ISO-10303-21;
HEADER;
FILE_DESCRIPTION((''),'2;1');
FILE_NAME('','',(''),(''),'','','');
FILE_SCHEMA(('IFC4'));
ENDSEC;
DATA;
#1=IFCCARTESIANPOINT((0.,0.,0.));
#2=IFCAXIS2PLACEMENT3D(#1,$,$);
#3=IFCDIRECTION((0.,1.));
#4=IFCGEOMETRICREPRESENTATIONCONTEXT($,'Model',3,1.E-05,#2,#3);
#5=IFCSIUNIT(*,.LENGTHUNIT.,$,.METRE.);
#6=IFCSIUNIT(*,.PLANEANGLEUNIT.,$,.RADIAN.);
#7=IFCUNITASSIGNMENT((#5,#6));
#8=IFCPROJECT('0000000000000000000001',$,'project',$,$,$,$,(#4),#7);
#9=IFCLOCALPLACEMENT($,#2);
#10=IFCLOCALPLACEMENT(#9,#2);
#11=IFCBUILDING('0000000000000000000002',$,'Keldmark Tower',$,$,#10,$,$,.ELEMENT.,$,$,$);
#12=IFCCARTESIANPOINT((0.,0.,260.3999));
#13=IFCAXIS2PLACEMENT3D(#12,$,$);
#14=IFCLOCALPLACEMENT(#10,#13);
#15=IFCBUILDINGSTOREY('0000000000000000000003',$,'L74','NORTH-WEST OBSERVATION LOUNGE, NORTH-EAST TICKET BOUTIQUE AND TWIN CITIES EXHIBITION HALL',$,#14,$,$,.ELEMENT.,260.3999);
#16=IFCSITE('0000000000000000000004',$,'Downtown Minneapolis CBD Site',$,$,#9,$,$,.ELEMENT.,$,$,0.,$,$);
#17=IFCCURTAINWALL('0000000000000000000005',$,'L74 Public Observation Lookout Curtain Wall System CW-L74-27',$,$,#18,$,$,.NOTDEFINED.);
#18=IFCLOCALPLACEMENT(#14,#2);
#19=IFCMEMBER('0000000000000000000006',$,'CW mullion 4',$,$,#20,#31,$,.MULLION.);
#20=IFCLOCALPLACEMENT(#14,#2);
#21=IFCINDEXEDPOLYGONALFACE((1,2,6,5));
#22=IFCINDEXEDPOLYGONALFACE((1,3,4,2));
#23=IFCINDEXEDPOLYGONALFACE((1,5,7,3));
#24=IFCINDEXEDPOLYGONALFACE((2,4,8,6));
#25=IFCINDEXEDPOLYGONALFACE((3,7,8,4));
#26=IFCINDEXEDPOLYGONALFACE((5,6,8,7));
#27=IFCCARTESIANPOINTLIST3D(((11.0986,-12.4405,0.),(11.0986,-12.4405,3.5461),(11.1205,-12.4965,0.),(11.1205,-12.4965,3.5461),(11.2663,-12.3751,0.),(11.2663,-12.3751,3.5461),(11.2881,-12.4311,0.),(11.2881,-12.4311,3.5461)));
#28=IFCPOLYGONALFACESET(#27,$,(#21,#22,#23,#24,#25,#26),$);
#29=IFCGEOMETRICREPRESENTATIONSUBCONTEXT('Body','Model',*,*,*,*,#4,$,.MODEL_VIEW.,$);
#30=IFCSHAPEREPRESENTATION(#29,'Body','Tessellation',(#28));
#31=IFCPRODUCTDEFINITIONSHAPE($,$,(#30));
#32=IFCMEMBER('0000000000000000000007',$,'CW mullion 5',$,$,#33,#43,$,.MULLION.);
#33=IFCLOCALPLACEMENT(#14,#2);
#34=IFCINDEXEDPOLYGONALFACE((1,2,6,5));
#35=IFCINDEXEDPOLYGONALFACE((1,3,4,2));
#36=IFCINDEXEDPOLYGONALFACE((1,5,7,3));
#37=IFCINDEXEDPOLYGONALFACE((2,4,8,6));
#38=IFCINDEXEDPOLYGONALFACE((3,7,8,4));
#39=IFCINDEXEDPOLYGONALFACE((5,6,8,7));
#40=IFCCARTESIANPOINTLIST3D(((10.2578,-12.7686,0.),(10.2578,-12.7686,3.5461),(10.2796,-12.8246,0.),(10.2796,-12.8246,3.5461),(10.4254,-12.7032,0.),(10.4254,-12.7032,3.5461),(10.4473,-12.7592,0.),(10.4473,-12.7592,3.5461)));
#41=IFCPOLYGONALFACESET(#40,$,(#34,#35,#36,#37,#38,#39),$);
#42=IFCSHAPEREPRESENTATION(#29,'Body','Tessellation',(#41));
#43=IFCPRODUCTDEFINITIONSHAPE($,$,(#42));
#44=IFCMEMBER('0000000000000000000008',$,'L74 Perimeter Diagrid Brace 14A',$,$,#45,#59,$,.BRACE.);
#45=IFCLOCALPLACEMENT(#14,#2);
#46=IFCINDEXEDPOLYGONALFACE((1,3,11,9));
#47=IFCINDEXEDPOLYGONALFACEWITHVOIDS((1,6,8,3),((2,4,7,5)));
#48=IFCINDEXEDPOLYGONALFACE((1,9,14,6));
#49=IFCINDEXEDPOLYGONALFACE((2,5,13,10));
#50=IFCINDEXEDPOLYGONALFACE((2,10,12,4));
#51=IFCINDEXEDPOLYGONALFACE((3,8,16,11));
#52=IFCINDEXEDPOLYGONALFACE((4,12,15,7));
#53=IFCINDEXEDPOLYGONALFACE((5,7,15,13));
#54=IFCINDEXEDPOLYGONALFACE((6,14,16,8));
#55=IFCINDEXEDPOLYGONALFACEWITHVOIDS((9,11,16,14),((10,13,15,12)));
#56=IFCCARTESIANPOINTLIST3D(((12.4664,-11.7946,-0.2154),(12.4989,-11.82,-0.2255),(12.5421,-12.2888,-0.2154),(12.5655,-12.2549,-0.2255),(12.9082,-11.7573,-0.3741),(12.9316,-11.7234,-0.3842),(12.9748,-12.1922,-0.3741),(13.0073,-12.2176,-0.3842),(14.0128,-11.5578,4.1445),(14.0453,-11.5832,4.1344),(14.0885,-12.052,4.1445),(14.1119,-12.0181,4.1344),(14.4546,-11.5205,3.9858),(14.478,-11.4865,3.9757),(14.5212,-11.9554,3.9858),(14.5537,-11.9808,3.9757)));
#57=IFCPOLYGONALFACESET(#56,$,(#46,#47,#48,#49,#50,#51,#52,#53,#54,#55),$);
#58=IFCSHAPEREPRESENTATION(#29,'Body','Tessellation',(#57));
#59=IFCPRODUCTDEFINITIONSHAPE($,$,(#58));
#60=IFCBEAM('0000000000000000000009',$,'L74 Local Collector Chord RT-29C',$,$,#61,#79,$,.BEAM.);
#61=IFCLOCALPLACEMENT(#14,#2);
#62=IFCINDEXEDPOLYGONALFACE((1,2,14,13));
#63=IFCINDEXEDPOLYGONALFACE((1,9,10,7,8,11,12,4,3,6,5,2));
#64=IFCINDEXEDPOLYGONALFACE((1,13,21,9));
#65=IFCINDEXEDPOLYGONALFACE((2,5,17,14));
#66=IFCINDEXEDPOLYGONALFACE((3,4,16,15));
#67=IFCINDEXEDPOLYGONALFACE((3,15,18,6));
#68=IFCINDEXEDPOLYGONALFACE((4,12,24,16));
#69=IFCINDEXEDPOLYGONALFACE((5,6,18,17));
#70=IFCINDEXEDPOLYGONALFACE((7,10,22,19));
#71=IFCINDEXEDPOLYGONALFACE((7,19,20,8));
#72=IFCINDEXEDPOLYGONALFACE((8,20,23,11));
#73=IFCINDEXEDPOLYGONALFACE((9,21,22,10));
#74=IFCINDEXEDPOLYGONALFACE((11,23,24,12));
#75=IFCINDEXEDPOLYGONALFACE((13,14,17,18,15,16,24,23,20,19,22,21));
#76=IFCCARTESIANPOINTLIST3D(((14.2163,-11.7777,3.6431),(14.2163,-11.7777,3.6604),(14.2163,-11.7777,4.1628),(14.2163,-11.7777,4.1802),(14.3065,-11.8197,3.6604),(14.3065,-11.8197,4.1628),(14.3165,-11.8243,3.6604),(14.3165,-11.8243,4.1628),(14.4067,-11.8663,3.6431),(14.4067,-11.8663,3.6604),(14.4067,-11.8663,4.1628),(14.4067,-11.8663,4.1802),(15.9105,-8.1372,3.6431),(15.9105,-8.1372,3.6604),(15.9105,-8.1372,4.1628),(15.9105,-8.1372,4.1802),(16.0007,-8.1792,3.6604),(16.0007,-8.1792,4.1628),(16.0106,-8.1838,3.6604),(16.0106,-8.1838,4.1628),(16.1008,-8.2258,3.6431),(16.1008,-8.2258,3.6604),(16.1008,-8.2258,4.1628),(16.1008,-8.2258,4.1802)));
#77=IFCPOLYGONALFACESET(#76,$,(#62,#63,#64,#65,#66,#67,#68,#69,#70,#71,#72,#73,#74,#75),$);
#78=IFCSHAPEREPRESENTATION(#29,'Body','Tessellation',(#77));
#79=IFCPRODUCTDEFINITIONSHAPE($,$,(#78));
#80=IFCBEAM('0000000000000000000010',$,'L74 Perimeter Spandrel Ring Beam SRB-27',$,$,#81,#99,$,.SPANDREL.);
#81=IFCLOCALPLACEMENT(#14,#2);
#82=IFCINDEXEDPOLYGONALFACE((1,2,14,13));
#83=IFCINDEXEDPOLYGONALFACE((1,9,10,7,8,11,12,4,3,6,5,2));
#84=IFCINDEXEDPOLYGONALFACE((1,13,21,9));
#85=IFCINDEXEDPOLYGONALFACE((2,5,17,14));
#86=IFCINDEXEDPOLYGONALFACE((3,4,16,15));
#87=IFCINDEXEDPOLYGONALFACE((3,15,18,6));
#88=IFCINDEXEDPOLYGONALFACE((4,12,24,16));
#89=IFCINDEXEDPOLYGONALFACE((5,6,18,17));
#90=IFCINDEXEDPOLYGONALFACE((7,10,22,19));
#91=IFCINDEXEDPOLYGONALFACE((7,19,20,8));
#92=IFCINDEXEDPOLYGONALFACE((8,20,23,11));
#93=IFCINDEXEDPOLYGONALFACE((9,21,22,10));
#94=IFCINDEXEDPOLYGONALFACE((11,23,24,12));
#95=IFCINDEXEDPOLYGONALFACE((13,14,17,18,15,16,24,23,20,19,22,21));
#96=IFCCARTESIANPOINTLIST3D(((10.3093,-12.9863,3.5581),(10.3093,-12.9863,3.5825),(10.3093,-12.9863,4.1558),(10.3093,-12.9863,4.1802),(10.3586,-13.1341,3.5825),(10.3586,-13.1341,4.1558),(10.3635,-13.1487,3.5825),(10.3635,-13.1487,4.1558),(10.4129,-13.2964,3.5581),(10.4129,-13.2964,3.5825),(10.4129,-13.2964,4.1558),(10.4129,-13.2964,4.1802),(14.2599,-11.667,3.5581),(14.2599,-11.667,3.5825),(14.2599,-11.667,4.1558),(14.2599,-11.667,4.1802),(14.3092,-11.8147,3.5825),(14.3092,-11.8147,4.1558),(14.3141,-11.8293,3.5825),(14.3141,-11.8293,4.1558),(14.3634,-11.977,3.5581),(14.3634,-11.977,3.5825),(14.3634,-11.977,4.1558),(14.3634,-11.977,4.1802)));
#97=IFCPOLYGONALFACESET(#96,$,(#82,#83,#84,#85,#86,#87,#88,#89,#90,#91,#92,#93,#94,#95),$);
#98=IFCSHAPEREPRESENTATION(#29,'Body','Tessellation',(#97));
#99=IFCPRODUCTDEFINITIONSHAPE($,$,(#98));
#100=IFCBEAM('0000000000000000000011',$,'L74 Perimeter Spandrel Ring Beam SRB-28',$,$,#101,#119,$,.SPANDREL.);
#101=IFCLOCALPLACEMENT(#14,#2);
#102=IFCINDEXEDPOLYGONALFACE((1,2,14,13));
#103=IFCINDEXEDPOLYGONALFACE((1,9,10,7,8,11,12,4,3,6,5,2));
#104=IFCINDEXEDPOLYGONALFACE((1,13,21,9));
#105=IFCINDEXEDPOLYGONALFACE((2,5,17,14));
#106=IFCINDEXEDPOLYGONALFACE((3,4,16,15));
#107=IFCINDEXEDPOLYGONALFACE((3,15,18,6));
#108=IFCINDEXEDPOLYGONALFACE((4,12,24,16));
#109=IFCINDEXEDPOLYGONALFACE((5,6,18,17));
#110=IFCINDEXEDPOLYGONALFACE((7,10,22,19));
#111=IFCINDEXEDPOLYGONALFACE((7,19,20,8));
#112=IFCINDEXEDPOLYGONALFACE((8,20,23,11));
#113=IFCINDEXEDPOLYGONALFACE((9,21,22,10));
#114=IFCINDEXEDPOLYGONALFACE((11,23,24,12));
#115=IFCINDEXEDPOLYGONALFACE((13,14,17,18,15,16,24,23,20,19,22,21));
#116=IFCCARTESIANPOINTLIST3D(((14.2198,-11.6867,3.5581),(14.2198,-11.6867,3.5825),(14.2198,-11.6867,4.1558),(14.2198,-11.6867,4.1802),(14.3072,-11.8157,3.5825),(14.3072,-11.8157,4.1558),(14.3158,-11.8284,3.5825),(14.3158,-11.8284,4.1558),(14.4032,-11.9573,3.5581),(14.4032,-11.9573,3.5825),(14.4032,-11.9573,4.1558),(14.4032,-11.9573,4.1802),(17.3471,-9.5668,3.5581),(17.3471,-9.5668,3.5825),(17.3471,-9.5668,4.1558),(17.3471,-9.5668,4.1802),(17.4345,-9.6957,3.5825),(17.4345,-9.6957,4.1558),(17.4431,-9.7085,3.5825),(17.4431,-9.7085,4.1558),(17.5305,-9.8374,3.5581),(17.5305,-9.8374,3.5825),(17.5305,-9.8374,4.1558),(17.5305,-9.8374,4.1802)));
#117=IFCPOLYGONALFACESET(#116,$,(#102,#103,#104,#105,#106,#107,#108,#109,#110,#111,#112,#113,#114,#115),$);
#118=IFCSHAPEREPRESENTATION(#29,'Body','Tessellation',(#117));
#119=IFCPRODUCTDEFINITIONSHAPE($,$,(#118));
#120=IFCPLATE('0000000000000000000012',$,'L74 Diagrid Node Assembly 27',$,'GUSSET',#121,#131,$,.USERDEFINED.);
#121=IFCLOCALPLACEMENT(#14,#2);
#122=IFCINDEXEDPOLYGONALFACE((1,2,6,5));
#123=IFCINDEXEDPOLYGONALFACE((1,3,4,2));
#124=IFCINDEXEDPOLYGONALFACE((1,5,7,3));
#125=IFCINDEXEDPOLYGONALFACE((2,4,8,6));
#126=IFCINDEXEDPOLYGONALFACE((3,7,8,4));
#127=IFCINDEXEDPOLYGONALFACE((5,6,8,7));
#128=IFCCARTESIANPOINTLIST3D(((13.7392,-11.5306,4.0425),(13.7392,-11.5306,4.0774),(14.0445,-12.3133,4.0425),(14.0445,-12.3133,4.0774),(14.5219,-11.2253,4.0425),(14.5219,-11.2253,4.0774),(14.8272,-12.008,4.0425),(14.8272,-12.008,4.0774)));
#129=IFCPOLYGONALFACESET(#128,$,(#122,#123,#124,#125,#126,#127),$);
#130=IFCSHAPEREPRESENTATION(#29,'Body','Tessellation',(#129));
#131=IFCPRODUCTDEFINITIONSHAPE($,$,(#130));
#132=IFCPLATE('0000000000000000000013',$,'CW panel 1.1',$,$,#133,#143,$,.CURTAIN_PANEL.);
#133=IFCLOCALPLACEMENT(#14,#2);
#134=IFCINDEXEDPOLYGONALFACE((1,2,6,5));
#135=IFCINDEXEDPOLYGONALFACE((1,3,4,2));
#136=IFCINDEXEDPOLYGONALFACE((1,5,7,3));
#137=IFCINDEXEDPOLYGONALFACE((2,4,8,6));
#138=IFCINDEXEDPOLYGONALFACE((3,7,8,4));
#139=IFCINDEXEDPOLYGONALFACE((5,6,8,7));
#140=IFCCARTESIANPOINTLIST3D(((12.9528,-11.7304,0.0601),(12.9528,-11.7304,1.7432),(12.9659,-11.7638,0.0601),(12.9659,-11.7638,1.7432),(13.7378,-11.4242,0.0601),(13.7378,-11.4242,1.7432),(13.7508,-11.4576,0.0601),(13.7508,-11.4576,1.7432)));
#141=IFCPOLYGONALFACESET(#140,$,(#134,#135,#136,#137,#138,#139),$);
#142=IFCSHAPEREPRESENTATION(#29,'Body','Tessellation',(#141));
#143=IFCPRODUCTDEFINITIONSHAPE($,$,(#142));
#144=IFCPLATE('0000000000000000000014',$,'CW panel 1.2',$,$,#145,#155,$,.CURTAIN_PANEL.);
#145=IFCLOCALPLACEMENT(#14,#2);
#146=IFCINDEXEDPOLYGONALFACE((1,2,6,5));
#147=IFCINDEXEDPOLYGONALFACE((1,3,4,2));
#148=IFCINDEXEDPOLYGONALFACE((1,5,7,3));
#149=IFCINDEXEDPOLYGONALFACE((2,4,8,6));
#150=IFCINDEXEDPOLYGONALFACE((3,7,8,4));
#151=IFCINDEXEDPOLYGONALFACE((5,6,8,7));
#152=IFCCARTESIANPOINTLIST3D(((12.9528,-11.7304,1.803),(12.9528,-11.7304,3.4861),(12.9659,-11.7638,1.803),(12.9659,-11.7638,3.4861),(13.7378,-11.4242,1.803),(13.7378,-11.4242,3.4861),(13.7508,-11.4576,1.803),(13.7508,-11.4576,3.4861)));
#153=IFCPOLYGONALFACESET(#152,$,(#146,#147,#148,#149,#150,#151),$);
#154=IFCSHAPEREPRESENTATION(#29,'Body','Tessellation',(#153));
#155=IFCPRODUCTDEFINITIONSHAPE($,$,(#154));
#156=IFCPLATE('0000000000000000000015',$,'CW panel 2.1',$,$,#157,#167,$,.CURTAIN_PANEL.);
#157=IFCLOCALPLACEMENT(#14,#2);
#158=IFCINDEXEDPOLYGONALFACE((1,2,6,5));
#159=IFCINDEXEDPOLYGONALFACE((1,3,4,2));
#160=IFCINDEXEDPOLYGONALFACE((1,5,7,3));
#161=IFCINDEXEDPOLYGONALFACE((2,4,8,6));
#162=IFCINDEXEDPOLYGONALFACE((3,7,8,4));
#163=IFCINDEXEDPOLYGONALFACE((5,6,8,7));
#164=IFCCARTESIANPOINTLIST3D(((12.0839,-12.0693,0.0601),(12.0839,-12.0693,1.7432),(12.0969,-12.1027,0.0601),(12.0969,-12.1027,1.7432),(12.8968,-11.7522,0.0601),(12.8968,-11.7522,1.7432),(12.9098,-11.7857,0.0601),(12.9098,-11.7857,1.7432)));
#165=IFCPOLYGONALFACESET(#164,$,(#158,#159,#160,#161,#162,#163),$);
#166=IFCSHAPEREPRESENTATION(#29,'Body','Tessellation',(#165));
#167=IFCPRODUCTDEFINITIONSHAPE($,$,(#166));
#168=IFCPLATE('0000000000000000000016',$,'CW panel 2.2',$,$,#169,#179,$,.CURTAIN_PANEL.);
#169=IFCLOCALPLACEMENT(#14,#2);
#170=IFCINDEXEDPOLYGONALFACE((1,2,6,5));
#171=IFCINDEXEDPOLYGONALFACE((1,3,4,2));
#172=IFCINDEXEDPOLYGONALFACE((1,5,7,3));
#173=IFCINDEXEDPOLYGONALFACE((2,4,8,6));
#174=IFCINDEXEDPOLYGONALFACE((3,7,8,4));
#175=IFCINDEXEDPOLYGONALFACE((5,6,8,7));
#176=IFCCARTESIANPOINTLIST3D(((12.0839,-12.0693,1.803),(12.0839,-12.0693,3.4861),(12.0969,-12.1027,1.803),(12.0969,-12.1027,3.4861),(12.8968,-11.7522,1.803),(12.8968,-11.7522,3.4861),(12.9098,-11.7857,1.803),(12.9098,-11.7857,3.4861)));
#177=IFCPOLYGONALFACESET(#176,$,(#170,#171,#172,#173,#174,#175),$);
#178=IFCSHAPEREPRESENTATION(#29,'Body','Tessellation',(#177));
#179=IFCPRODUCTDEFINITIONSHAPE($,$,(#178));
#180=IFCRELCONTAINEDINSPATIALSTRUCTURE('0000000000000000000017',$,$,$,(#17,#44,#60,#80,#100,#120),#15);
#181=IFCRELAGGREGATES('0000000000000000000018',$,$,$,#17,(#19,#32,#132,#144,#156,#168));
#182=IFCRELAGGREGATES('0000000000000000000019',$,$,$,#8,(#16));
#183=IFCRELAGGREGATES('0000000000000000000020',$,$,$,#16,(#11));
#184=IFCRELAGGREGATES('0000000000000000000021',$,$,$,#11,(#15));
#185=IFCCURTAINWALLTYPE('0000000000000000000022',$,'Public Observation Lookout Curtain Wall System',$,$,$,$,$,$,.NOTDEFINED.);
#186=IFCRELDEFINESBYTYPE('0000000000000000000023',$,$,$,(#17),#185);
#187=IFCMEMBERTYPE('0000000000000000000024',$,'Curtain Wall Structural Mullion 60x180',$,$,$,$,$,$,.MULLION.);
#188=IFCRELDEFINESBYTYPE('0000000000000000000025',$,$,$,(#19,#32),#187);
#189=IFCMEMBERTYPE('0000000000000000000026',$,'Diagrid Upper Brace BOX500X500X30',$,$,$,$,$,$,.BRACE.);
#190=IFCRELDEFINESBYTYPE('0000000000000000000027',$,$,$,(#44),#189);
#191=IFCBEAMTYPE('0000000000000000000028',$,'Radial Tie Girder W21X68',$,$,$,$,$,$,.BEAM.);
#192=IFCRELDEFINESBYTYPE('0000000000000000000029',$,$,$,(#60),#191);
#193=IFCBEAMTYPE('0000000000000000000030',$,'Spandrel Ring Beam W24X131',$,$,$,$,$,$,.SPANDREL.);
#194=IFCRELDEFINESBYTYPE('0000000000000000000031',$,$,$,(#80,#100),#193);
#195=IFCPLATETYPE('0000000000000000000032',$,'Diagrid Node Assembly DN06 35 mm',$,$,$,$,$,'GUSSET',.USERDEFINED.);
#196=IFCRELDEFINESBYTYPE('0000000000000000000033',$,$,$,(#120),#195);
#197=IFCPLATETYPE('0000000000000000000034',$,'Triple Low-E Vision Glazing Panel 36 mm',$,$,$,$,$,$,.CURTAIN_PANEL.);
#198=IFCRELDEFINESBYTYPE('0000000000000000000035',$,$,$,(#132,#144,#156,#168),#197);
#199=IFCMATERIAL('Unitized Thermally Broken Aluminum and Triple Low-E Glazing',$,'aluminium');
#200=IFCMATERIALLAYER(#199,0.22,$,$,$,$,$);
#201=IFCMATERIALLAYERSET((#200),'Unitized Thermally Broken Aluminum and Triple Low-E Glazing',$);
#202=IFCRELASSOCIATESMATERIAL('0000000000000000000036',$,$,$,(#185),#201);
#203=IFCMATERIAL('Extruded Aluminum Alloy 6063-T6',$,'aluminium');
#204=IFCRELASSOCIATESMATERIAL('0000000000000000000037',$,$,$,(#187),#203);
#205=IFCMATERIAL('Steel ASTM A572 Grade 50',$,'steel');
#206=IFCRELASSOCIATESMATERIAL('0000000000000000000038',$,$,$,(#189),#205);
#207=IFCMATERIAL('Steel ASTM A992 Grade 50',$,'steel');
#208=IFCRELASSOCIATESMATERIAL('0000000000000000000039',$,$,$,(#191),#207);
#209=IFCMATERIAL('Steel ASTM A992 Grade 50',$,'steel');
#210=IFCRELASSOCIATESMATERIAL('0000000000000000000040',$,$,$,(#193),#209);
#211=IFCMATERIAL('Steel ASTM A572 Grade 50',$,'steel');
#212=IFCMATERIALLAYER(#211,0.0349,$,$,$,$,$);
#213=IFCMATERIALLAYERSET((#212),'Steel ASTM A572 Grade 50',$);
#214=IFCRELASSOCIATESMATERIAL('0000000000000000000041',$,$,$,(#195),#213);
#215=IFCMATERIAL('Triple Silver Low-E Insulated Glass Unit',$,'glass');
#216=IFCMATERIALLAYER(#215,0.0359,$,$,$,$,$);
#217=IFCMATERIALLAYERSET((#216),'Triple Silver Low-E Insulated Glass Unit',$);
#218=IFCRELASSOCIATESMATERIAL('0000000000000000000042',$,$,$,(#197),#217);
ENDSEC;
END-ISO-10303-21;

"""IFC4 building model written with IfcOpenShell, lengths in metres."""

from ifc_helpers import new_model, si_unit, direction, frame, origin, origin_2d, place, context, subcontext, project, spatial, rectangle, hollow_rectangle, i_section, extrude, material, layer, layer_set, material_profile, profile_set, type_object, element, aggregate, save


model = new_model("IFC4")

# Units and contexts
model_context = context("Model", 3, precision=1e-05, world=origin(), true_north=direction((0.0, 1.0)))
body_context = subcontext(model_context, "Body", "Model", "MODEL_VIEW")
ifc_project = project(units=[si_unit("LENGTHUNIT", "METRE"), si_unit("PLANEANGLEUNIT", "RADIAN")], contexts=[model_context])

# Site, building, storey
site_placement = place(None, origin())
site = spatial("IfcSite", under=ifc_project, at=site_placement, Name="Downtown Minneapolis CBD Site", CompositionType="ELEMENT", RefElevation=0.0)
building_placement = place(site_placement, origin())
building = spatial("IfcBuilding", under=site, at=building_placement, Name="Keldmark Tower", CompositionType="ELEMENT")
storey_placement = place(building_placement, frame((0.0, 0.0, 260.3999)))
storey = spatial("IfcBuildingStorey", under=building, at=storey_placement, Name="L74", Description="NORTH-WEST OBSERVATION LOUNGE, NORTH-EAST TICKET BOUTIQUE AND TWIN CITIES EXHIBITION HALL", CompositionType="ELEMENT", Elevation=260.3999)

# Curtain wall, members
ifc_material_1 = material(Name="Unitized Thermally Broken Aluminum and Triple Low-E Glazing", Category="aluminium")
ifc_layer_1 = layer(ifc_material_1, 0.22)
ifc_layer_set_1 = layer_set([ifc_layer_1], Name="Unitized Thermally Broken Aluminum and Triple Low-E Glazing")
curtain_wall_type = type_object("IfcCurtainWallType", Name="Public Observation Lookout Curtain Wall System", PredefinedType="NOTDEFINED", material=ifc_layer_set_1)
curtain_wall_placement = place(storey_placement, origin())
curtain_wall = element("IfcCurtainWall", 1, at=curtain_wall_placement, inside=storey, type_object=curtain_wall_type, Name="L74 Public Observation Lookout Curtain Wall System CW-L74-27", PredefinedType="NOTDEFINED")
ifc_material_2 = material(Name="Extruded Aluminum Alloy 6063-T6", Category="aluminium")
ifc_material_profile_1 = material_profile(ifc_material_2, rectangle(XDim=0.0601, YDim=0.1799, at=origin_2d()), Name="CWM60X180")
ifc_profile_set_1 = profile_set([ifc_material_profile_1], Name="Extruded Aluminum Alloy 6063-T6")
member_type_1 = type_object("IfcMemberType", Name="Curtain Wall Structural Mullion 60x180", PredefinedType="MULLION", material=ifc_profile_set_1)
member_1_placement = place(storey_placement, frame((11.1934, -12.4358, 0.0), z_axis=(0.0, 0.0, 1.0), x_axis=(0.363381, -0.93164, 0.0)))
member_1 = element("IfcMember", 2, at=member_1_placement, type_object=member_type_1, Name="CW mullion 4", PredefinedType="MULLION", context=body_context, shape_type="SweptSolid", body=[
    extrude(rectangle(XDim=0.0601, YDim=0.1799, at=origin_2d()), origin(), (0.0, 0.0, 1.0), 3.5461),
])
member_2_placement = place(storey_placement, frame((10.3525, -12.7639, 0.0), z_axis=(0.0, 0.0, 1.0), x_axis=(0.363381, -0.93164, 0.0)))
member_2 = element("IfcMember", 3, at=member_2_placement, type_object=member_type_1, Name="CW mullion 5", PredefinedType="MULLION", context=body_context, shape_type="SweptSolid", body=[
    extrude(rectangle(XDim=0.0601, YDim=0.1799, at=origin_2d()), origin(), (0.0, 0.0, 1.0), 3.5461),
])

# Member
ifc_material_3 = material(Name="Steel ASTM A572 Grade 50", Category="steel")
ifc_material_profile_2 = material_profile(ifc_material_3, hollow_rectangle(XDim=0.5, YDim=0.5, WallThickness=0.03, at=origin_2d()), Name="BOX500X500X30")
ifc_profile_set_2 = profile_set([ifc_material_profile_2], Name="Steel ASTM A572 Grade 50")
member_type_2 = type_object("IfcMemberType", Name="Diagrid Upper Brace BOX500X500X30", PredefinedType="BRACE", material=ifc_profile_set_2)
member_3_placement = place(storey_placement, frame((12.7368, -12.0061, -0.2998), z_axis=(0.333846, 0.051126, 0.94124), x_axis=(-0.151377, 0.988476, 0.0)))
element("IfcMember", 4, at=member_3_placement, inside=storey, type_object=member_type_2, Name="L74 Perimeter Diagrid Brace 14A", PredefinedType="BRACE", context=body_context, shape_type="SweptSolid", body=[
    extrude(hollow_rectangle(XDim=0.5, YDim=0.5, WallThickness=0.03, at=origin_2d()), origin(), (0.0, 0.0, 1.0), 4.6321),
])

# Beams
ifc_material_4 = material(Name="Steel ASTM A992 Grade 50", Category="steel")
ifc_material_profile_3 = material_profile(ifc_material_4, i_section(OverallWidth=0.21, OverallDepth=0.5371, WebThickness=0.011, FlangeThickness=0.0173, at=origin_2d()), Name="W21X68")
ifc_profile_set_3 = profile_set([ifc_material_profile_3], Name="Steel ASTM A992 Grade 50")
beam_type_1 = type_object("IfcBeamType", Name="Radial Tie Girder W21X68", PredefinedType="BEAM", material=ifc_profile_set_3)
beam_1_placement = place(storey_placement, frame((14.3115, -11.822, 3.9116), z_axis=(0.421913, 0.906636, 0.0), x_axis=(-0.906636, 0.421913, 0.0)))
element("IfcBeam", 5, at=beam_1_placement, inside=storey, type_object=beam_type_1, Name="L74 Local Collector Chord RT-29C", PredefinedType="BEAM", context=body_context, shape_type="SweptSolid", body=[
    extrude(i_section(OverallWidth=0.21, OverallDepth=0.5371, WebThickness=0.011, FlangeThickness=0.0173, at=origin_2d()), origin(), (0.0, 0.0, 1.0), 4.0154),
])
ifc_material_5 = material(Name="Steel ASTM A992 Grade 50", Category="steel")
ifc_material_profile_4 = material_profile(ifc_material_5, i_section(OverallWidth=0.3269, OverallDepth=0.6221, WebThickness=0.0154, FlangeThickness=0.0244, at=origin_2d()), Name="W24X131")
ifc_profile_set_4 = profile_set([ifc_material_profile_4], Name="Steel ASTM A992 Grade 50")
beam_type_2 = type_object("IfcBeamType", Name="Spandrel Ring Beam W24X131", PredefinedType="SPANDREL", material=ifc_profile_set_4)
beam_2_placement = place(storey_placement, frame((10.3611, -13.1414, 3.8691), z_axis=(0.948501, 0.316773, 0.0), x_axis=(-0.316773, 0.948501, 0.0)))
element("IfcBeam", 6, at=beam_2_placement, inside=storey, type_object=beam_type_2, Name="L74 Perimeter Spandrel Ring Beam SRB-27", PredefinedType="SPANDREL", context=body_context, shape_type="SweptSolid", body=[
    extrude(i_section(OverallWidth=0.3269, OverallDepth=0.6221, WebThickness=0.0154, FlangeThickness=0.0244, at=origin_2d()), origin(), (0.0, 0.0, 1.0), 4.165),
])
beam_3_placement = place(storey_placement, frame((14.3115, -11.822, 3.8691), z_axis=(0.827741, 0.561111, 0.0), x_axis=(-0.561111, 0.827741, 0.0)))
element("IfcBeam", 7, at=beam_3_placement, inside=storey, type_object=beam_type_2, Name="L74 Perimeter Spandrel Ring Beam SRB-28", PredefinedType="SPANDREL", context=body_context, shape_type="SweptSolid", body=[
    extrude(i_section(OverallWidth=0.3269, OverallDepth=0.6221, WebThickness=0.0154, FlangeThickness=0.0244, at=origin_2d()), origin(), (0.0, 0.0, 1.0), 3.7781),
])

# Plates
ifc_material_6 = material(Name="Steel ASTM A572 Grade 50", Category="steel")
ifc_layer_2 = layer(ifc_material_6, 0.0349)
ifc_layer_set_2 = layer_set([ifc_layer_2], Name="Steel ASTM A572 Grade 50")
plate_type_1 = type_object("IfcPlateType", Name="Diagrid Node Assembly DN06 35 mm", ElementType="GUSSET", PredefinedType="USERDEFINED", material=ifc_layer_set_2)
plate_1_placement = place(storey_placement, frame((14.2832, -11.7693, 4.0425), z_axis=(0.0, 0.0, 1.0), x_axis=(0.931628, 0.363414, 0.0)))
element("IfcPlate", 8, at=plate_1_placement, inside=storey, type_object=plate_type_1, Name="L74 Diagrid Node Assembly 27", ObjectType="GUSSET", PredefinedType="USERDEFINED", context=body_context, shape_type="SweptSolid", body=[
    extrude(rectangle(XDim=0.8401, YDim=0.8401, at=origin_2d()), origin(), (0.0, 0.0, 1.0), 0.0349),
])
ifc_material_7 = material(Name="Triple Silver Low-E Insulated Glass Unit", Category="glass")
ifc_layer_3 = layer(ifc_material_7, 0.0359)
ifc_layer_set_3 = layer_set([ifc_layer_3], Name="Triple Silver Low-E Insulated Glass Unit")
plate_type_2 = type_object("IfcPlateType", Name="Triple Low-E Vision Glazing Panel 36 mm", PredefinedType="CURTAIN_PANEL", material=ifc_layer_set_3)
plate_2_placement = place(storey_placement, frame((13.3518, -11.594, 0.0601), z_axis=(0.0, 0.0, 1.0), x_axis=(-0.93164, -0.363381, 0.0)))
plate_2 = element("IfcPlate", 9, at=plate_2_placement, type_object=plate_type_2, Name="CW panel 1.1", PredefinedType="CURTAIN_PANEL", context=body_context, shape_type="SweptSolid", body=[
    extrude(rectangle(XDim=0.8425, YDim=0.0359, at=origin_2d()), origin(), (0.0, 0.0, 1.0), 1.6831),
])
plate_3_placement = place(storey_placement, frame((13.3518, -11.594, 1.803), z_axis=(0.0, 0.0, 1.0), x_axis=(-0.93164, -0.363381, 0.0)))
plate_3 = element("IfcPlate", 10, at=plate_3_placement, type_object=plate_type_2, Name="CW panel 1.2", PredefinedType="CURTAIN_PANEL", context=body_context, shape_type="SweptSolid", body=[
    extrude(rectangle(XDim=0.8425, YDim=0.0359, at=origin_2d()), origin(), (0.0, 0.0, 1.0), 1.6831),
])
plate_4_placement = place(storey_placement, frame((12.4968, -11.9275, 0.0601), z_axis=(0.0, 0.0, 1.0), x_axis=(-0.93164, -0.363381, 0.0)))
plate_4 = element("IfcPlate", 11, at=plate_4_placement, type_object=plate_type_2, Name="CW panel 2.1", PredefinedType="CURTAIN_PANEL", context=body_context, shape_type="SweptSolid", body=[
    extrude(rectangle(XDim=0.8726, YDim=0.0359, at=origin_2d()), origin(), (0.0, 0.0, 1.0), 1.6831),
])
plate_5_placement = place(storey_placement, frame((12.4968, -11.9275, 1.803), z_axis=(0.0, 0.0, 1.0), x_axis=(-0.93164, -0.363381, 0.0)))
plate_5 = element("IfcPlate", 12, at=plate_5_placement, type_object=plate_type_2, Name="CW panel 2.2", PredefinedType="CURTAIN_PANEL", context=body_context, shape_type="SweptSolid", body=[
    extrude(rectangle(XDim=0.8726, YDim=0.0359, at=origin_2d()), origin(), (0.0, 0.0, 1.0), 1.6831),
])
aggregate(curtain_wall, [member_1, member_2, plate_2, plate_3, plate_4, plate_5])

save(model, "model.ifc")
